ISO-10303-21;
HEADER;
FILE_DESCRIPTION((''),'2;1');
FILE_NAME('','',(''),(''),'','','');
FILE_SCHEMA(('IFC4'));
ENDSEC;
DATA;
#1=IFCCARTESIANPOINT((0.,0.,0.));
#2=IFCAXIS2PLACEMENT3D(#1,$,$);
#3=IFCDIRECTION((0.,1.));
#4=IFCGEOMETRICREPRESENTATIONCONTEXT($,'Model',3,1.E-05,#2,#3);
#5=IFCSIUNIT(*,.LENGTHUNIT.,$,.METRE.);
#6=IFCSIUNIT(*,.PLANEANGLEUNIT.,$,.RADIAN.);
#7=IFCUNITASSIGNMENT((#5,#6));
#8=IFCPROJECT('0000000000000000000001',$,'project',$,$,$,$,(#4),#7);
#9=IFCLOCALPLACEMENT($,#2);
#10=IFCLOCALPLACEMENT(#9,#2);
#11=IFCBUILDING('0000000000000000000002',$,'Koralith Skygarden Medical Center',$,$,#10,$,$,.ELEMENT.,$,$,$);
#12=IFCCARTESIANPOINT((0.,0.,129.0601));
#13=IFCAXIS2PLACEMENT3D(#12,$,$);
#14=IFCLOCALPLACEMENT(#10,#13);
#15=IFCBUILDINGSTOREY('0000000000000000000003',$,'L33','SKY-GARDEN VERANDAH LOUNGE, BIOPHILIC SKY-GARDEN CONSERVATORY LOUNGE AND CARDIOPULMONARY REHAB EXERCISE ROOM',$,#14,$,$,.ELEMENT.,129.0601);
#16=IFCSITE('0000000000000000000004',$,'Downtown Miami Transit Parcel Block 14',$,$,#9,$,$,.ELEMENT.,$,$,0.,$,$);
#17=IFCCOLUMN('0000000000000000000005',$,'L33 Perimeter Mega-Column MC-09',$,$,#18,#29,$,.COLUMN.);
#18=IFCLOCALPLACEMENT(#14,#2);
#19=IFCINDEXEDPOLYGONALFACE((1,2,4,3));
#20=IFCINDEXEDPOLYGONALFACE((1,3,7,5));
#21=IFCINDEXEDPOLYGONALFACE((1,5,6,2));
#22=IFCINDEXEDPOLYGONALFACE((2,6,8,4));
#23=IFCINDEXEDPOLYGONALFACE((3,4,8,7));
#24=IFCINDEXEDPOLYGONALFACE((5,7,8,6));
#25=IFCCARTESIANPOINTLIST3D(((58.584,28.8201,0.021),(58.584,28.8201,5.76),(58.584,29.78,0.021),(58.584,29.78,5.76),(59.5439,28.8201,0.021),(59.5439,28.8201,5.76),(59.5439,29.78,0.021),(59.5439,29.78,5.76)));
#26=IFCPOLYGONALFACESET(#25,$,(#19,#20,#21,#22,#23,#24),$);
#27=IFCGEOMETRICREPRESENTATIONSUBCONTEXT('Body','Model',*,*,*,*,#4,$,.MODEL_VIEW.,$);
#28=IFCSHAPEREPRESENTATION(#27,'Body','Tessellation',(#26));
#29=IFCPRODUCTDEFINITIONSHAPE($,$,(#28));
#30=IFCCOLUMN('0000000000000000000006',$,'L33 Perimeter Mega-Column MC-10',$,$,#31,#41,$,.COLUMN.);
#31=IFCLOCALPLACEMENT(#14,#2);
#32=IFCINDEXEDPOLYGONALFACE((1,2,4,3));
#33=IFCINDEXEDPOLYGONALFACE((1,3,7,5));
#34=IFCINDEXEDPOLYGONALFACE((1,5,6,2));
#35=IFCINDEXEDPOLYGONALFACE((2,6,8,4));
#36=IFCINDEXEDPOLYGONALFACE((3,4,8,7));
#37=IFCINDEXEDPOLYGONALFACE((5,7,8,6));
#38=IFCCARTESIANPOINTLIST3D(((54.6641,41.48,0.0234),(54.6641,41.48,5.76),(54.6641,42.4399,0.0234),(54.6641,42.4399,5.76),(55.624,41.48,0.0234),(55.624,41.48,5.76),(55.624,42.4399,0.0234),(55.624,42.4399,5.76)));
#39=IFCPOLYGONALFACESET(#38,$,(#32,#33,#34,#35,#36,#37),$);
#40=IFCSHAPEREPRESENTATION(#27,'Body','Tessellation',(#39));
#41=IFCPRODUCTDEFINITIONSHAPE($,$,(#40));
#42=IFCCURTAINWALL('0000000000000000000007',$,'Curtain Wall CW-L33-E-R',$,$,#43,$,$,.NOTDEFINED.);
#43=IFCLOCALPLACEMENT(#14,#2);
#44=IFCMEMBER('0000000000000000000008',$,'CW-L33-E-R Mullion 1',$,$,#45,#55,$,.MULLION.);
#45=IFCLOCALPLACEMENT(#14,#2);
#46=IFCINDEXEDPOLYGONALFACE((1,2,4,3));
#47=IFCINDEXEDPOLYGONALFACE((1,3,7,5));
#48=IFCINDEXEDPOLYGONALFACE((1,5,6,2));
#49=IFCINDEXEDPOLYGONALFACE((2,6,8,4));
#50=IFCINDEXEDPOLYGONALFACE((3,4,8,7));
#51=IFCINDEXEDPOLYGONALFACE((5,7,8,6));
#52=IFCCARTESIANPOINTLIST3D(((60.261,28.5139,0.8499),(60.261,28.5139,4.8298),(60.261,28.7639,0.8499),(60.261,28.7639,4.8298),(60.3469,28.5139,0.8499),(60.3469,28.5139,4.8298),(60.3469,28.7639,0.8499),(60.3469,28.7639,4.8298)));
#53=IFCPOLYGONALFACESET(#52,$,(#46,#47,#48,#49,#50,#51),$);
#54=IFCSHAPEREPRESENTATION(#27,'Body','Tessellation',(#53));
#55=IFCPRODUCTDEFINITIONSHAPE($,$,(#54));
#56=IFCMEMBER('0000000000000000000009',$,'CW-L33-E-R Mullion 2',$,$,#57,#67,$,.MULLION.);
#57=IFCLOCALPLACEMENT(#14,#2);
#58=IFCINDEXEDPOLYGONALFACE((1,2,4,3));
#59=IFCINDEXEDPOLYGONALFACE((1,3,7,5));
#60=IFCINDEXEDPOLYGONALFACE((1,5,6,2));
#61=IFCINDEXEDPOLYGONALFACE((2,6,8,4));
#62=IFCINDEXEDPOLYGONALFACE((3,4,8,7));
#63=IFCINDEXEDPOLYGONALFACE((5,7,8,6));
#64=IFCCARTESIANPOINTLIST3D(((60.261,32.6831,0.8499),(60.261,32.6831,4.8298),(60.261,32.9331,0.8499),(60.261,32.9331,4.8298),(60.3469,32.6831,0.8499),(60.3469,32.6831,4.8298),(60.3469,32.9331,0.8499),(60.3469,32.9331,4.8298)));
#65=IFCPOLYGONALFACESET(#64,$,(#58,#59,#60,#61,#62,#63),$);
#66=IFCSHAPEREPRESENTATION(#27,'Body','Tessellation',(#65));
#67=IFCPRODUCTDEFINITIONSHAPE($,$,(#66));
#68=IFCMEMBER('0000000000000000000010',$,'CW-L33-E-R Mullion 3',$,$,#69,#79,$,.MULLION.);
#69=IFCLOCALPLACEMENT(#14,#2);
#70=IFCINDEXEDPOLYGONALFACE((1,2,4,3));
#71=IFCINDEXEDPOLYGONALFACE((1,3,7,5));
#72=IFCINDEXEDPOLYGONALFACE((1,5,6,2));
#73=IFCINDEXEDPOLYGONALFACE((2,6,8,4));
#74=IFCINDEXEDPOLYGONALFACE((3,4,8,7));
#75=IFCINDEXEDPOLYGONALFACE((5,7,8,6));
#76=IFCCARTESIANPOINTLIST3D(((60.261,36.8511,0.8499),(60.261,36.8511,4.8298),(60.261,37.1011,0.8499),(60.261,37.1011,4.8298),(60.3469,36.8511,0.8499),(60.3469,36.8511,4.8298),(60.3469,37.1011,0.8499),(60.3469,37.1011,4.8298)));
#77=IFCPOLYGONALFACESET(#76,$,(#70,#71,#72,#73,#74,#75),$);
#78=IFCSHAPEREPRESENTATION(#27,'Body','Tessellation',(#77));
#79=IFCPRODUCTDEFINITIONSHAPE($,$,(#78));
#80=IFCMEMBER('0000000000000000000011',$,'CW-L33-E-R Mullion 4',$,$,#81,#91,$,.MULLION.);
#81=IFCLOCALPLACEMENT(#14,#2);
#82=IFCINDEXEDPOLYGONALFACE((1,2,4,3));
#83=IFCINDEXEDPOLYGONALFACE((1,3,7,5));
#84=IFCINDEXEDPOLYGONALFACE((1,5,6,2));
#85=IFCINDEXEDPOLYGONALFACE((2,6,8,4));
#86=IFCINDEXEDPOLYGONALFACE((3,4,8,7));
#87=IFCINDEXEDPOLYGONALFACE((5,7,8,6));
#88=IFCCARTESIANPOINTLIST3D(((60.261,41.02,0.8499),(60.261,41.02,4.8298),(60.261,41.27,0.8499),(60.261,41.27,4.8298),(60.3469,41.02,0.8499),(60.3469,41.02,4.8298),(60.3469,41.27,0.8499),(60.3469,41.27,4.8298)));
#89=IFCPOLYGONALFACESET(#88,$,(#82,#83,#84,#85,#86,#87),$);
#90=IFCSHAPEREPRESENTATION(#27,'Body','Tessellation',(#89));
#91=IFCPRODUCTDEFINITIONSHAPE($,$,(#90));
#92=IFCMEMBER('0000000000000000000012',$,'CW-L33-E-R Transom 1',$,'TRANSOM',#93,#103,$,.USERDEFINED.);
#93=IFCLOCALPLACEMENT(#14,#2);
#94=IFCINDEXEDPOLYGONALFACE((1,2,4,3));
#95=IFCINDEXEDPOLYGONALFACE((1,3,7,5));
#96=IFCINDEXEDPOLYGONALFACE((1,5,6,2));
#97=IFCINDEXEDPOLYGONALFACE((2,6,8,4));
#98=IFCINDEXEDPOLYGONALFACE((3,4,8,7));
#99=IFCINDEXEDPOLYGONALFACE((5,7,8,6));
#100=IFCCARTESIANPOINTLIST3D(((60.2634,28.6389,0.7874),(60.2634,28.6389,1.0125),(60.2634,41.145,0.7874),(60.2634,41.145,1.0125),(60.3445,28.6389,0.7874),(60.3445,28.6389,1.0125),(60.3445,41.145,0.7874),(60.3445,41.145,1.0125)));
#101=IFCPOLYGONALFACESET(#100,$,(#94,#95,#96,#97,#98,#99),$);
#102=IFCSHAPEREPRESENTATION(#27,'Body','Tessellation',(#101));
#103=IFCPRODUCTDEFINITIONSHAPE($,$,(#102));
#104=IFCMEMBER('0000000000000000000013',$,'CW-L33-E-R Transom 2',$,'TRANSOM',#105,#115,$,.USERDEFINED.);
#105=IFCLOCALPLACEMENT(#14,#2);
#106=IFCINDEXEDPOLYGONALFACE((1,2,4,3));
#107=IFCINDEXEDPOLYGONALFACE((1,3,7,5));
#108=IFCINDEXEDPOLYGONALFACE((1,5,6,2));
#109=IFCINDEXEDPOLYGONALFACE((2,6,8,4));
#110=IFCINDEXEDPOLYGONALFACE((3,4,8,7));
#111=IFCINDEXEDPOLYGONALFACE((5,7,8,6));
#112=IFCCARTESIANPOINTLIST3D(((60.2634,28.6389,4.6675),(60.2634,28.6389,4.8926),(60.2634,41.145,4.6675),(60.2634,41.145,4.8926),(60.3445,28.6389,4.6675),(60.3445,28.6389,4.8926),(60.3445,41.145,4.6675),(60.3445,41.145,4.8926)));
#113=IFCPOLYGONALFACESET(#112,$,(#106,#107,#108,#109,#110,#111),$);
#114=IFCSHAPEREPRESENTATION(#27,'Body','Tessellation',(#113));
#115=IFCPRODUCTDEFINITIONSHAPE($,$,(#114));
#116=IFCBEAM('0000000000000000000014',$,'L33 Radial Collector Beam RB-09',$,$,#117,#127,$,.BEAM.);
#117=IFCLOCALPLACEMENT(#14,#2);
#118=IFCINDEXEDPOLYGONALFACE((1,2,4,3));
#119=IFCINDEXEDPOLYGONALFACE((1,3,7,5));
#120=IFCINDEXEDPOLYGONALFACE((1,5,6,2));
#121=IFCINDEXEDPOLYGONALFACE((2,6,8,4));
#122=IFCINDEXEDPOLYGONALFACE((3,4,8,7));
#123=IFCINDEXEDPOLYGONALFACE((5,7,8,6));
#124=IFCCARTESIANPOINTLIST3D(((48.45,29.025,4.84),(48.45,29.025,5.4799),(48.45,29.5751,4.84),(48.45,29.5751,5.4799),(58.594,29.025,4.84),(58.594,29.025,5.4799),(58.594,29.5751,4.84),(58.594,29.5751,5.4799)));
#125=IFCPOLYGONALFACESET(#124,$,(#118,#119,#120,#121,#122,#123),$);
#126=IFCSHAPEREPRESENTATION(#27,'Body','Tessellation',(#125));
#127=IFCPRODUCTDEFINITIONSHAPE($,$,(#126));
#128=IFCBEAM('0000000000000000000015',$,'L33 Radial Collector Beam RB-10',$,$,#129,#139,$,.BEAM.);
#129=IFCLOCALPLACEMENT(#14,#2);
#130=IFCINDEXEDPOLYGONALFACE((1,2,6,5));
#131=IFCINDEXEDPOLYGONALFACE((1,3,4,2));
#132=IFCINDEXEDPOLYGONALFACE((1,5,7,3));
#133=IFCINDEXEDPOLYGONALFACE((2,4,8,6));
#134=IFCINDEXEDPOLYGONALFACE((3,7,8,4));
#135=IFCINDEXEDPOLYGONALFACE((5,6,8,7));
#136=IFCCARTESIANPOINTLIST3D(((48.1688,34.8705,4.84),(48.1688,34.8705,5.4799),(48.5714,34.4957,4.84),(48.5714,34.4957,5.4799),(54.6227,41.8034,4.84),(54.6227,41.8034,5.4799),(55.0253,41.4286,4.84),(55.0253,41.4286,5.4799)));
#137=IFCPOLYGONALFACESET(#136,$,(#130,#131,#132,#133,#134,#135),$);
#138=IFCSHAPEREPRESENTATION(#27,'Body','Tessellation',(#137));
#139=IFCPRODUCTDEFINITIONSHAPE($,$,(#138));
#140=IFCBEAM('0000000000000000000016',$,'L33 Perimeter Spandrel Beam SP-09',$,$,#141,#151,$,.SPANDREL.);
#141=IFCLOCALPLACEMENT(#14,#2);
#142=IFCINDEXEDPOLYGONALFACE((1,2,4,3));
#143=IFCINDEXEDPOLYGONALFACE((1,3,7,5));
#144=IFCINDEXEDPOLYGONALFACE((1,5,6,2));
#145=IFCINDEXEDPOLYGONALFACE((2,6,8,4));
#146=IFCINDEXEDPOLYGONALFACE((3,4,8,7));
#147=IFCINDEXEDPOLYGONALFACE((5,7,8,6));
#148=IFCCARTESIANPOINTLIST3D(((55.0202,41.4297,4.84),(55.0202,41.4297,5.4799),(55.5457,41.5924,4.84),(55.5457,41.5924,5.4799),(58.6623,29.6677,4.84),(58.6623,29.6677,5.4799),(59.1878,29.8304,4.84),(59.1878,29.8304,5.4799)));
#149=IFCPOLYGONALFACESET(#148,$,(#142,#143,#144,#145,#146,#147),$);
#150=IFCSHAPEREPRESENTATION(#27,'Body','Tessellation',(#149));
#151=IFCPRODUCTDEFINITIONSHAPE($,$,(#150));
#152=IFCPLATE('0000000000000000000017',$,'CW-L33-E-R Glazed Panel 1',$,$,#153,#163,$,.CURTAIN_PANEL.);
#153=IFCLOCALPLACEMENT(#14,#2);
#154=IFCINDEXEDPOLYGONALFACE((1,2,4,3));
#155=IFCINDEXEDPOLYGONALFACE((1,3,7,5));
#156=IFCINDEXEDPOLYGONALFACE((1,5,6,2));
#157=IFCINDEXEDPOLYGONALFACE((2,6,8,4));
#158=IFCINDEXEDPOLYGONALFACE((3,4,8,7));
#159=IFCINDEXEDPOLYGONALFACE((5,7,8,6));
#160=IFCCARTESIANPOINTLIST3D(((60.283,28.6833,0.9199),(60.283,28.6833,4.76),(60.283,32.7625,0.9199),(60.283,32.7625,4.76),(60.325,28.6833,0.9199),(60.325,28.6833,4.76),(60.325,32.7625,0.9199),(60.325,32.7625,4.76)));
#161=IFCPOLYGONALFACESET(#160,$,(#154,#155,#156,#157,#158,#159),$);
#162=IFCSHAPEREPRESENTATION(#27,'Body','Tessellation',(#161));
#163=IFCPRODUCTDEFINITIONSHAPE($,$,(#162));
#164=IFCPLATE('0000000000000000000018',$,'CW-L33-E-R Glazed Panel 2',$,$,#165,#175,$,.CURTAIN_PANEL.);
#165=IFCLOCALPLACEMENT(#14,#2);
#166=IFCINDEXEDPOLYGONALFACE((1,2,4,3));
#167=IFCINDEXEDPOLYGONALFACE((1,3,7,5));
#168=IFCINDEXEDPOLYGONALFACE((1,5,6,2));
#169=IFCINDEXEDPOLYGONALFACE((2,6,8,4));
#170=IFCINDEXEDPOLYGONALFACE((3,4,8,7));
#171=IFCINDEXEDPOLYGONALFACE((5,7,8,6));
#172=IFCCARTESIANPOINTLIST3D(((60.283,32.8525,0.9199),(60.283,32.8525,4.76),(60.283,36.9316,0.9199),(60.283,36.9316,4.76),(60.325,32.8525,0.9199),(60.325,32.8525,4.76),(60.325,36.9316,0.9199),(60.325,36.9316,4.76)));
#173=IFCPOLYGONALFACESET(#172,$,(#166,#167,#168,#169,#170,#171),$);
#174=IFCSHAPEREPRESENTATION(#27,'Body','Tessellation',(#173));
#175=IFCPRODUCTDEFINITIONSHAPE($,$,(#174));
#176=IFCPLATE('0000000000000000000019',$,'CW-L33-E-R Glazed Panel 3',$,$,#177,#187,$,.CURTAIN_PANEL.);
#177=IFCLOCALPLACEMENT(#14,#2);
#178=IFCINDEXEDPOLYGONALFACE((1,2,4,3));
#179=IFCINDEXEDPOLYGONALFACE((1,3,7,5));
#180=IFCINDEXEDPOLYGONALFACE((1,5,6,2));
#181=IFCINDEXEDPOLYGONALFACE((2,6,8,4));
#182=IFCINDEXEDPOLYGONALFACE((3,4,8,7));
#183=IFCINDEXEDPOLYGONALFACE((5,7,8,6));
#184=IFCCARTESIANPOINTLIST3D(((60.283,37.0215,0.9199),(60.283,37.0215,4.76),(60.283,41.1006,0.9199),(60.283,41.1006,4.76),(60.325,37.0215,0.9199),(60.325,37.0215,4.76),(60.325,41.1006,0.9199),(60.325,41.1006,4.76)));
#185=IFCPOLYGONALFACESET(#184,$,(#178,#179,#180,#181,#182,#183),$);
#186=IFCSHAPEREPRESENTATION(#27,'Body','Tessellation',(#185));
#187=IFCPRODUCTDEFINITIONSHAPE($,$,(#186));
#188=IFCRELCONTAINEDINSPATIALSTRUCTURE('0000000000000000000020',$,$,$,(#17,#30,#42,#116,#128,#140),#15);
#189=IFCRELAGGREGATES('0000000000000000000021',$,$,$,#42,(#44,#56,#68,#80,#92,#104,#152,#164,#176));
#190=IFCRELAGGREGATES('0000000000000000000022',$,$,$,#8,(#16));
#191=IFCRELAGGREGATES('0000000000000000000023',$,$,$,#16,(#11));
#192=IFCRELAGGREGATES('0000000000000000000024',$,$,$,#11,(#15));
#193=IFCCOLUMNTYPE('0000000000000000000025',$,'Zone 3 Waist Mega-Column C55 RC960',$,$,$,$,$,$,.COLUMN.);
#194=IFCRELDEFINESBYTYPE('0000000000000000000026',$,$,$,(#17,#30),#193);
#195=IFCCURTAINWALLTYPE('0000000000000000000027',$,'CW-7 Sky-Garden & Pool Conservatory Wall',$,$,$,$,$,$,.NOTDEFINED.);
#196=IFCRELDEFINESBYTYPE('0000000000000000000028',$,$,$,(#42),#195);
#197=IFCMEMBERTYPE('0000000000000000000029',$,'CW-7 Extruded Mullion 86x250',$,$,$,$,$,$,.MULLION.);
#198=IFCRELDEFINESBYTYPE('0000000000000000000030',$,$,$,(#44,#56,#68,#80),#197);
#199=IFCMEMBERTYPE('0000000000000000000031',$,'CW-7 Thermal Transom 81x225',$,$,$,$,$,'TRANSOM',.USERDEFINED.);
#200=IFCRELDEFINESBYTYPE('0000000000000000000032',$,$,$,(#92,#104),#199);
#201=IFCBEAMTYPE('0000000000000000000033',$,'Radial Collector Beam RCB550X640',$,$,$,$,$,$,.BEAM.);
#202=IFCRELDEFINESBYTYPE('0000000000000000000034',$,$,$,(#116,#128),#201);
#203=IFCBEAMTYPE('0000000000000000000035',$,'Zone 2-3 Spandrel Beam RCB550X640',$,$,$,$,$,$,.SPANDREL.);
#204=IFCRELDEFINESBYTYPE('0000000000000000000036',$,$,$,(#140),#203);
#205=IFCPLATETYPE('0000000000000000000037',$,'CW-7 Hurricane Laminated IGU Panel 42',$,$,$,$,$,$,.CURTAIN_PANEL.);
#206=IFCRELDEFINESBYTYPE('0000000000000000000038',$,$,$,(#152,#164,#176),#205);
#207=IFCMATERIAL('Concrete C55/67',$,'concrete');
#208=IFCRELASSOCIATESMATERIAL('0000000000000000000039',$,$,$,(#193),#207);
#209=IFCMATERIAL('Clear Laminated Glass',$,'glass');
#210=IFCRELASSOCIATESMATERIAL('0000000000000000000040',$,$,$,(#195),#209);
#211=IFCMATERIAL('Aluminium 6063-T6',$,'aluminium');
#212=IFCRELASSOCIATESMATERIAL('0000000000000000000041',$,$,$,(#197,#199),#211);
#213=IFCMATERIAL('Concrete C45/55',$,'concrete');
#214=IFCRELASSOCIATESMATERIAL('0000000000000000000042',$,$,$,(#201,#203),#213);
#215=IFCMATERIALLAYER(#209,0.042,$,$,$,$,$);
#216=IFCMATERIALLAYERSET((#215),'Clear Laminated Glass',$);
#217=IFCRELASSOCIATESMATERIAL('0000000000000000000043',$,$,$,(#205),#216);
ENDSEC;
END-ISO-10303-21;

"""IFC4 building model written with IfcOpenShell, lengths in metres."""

from ifc_helpers import new_model, si_unit, direction, frame, origin, origin_2d, place, context, subcontext, project, spatial, rectangle, extrude, material, layer, layer_set, material_profile, profile_set, type_object, element, aggregate, save


model = new_model("IFC4")

# Units and contexts
model_context = context("Model", 3, precision=1e-05, world=origin(), true_north=direction((0.0, 1.0)))
body_context = subcontext(model_context, "Body", "Model", "MODEL_VIEW")
ifc_project = project(units=[si_unit("LENGTHUNIT", "METRE"), si_unit("PLANEANGLEUNIT", "RADIAN")], contexts=[model_context])

# Site, building, storey
site_placement = place(None, origin())
site = spatial("IfcSite", under=ifc_project, at=site_placement, Name="Downtown Miami Transit Parcel Block 14", CompositionType="ELEMENT", RefElevation=0.0)
building_placement = place(site_placement, origin())
building = spatial("IfcBuilding", under=site, at=building_placement, Name="Koralith Skygarden Medical Center", CompositionType="ELEMENT")
storey_placement = place(building_placement, frame((0.0, 0.0, 129.0601)))
storey = spatial("IfcBuildingStorey", under=building, at=storey_placement, Name="L33", Description="SKY-GARDEN VERANDAH LOUNGE, BIOPHILIC SKY-GARDEN CONSERVATORY LOUNGE AND CARDIOPULMONARY REHAB EXERCISE ROOM", CompositionType="ELEMENT", Elevation=129.0601)

# Columns
ifc_material_1 = material(Name="Concrete C55/67", Category="concrete")
ifc_material_profile_1 = material_profile(ifc_material_1, rectangle(XDim=0.96, YDim=0.96, at=origin_2d()), Name="RC960X960")
ifc_profile_set_1 = profile_set([ifc_material_profile_1], Name="Concrete C55/67")
column_type = type_object("IfcColumnType", Name="Zone 3 Waist Mega-Column C55 RC960", PredefinedType="COLUMN", material=ifc_profile_set_1)
column_1_placement = place(storey_placement, frame((59.064, 29.3, 0.021), z_axis=(0.0, 0.0, 1.0), x_axis=(1.0, 0.0, 0.0)))
element("IfcColumn", 1, at=column_1_placement, inside=storey, type_object=column_type, Name="L33 Perimeter Mega-Column MC-09", PredefinedType="COLUMN", context=body_context, shape_type="SweptSolid", body=[
    extrude(rectangle(XDim=0.96, YDim=0.96, at=origin_2d()), origin(), (0.0, 0.0, 1.0), 5.739),
])
column_2_placement = place(storey_placement, frame((55.144, 41.96, 0.0234), z_axis=(0.0, 0.0, 1.0), x_axis=(1.0, 0.0, 0.0)))
element("IfcColumn", 2, at=column_2_placement, inside=storey, type_object=column_type, Name="L33 Perimeter Mega-Column MC-10", PredefinedType="COLUMN", context=body_context, shape_type="SweptSolid", body=[
    extrude(rectangle(XDim=0.96, YDim=0.96, at=origin_2d()), origin(), (0.0, 0.0, 1.0), 5.7366),
])

# Curtain wall, members
ifc_material_2 = material(Name="Clear Laminated Glass", Category="glass")
curtain_wall_type = type_object("IfcCurtainWallType", Name="CW-7 Sky-Garden & Pool Conservatory Wall", PredefinedType="NOTDEFINED", material=ifc_material_2)
curtain_wall_placement = place(storey_placement, origin())
curtain_wall = element("IfcCurtainWall", 3, at=curtain_wall_placement, inside=storey, type_object=curtain_wall_type, Name="Curtain Wall CW-L33-E-R", PredefinedType="NOTDEFINED")
ifc_material_3 = material(Name="Aluminium 6063-T6", Category="aluminium")
ifc_material_profile_2 = material_profile(ifc_material_3, rectangle(XDim=0.0859, YDim=0.25, at=origin_2d()), Name="MUL86X250")
ifc_profile_set_2 = profile_set([ifc_material_profile_2], Name="Aluminium 6063-T6")
member_type_1 = type_object("IfcMemberType", Name="CW-7 Extruded Mullion 86x250", PredefinedType="MULLION", material=ifc_profile_set_2)
member_1_placement = place(storey_placement, frame((60.304, 28.6389, 0.8499), z_axis=(0.0, 0.0, 1.0), x_axis=(1.0, 0.0, 0.0)))
member_1 = element("IfcMember", 4, at=member_1_placement, type_object=member_type_1, Name="CW-L33-E-R Mullion 1", PredefinedType="MULLION", context=body_context, shape_type="SweptSolid", body=[
    extrude(rectangle(XDim=0.0859, YDim=0.25, at=origin_2d()), origin(), (0.0, 0.0, 1.0), 3.98),
])
member_2_placement = place(storey_placement, frame((60.304, 32.8081, 0.8499), z_axis=(0.0, 0.0, 1.0), x_axis=(1.0, 0.0, 0.0)))
member_2 = element("IfcMember", 5, at=member_2_placement, type_object=member_type_1, Name="CW-L33-E-R Mullion 2", PredefinedType="MULLION", context=body_context, shape_type="SweptSolid", body=[
    extrude(rectangle(XDim=0.0859, YDim=0.25, at=origin_2d()), origin(), (0.0, 0.0, 1.0), 3.98),
])
member_3_placement = place(storey_placement, frame((60.304, 36.9761, 0.8499), z_axis=(0.0, 0.0, 1.0), x_axis=(1.0, 0.0, 0.0)))
member_3 = element("IfcMember", 6, at=member_3_placement, type_object=member_type_1, Name="CW-L33-E-R Mullion 3", PredefinedType="MULLION", context=body_context, shape_type="SweptSolid", body=[
    extrude(rectangle(XDim=0.0859, YDim=0.25, at=origin_2d()), origin(), (0.0, 0.0, 1.0), 3.98),
])
member_4_placement = place(storey_placement, frame((60.304, 41.145, 0.8499), z_axis=(0.0, 0.0, 1.0), x_axis=(1.0, 0.0, 0.0)))
member_4 = element("IfcMember", 7, at=member_4_placement, type_object=member_type_1, Name="CW-L33-E-R Mullion 4", PredefinedType="MULLION", context=body_context, shape_type="SweptSolid", body=[
    extrude(rectangle(XDim=0.0859, YDim=0.25, at=origin_2d()), origin(), (0.0, 0.0, 1.0), 3.98),
])
ifc_material_profile_3 = material_profile(ifc_material_3, rectangle(XDim=0.0811, YDim=0.2251, at=origin_2d()), Name="TRN81X225")
ifc_profile_set_3 = profile_set([ifc_material_profile_3], Name="Aluminium 6063-T6")
member_type_2 = type_object("IfcMemberType", Name="CW-7 Thermal Transom 81x225", ElementType="TRANSOM", PredefinedType="USERDEFINED", material=ifc_profile_set_3)
member_5_placement = place(storey_placement, frame((60.304, 28.6389, 0.8999), z_axis=(0.0, 1.0, 0.0), x_axis=(-1.0, 0.0, 0.0)))
member_5 = element("IfcMember", 8, at=member_5_placement, type_object=member_type_2, Name="CW-L33-E-R Transom 1", ObjectType="TRANSOM", PredefinedType="USERDEFINED", context=body_context, shape_type="SweptSolid", body=[
    extrude(rectangle(XDim=0.0811, YDim=0.2251, at=origin_2d()), origin(), (0.0, 0.0, 1.0), 12.5061),
])
member_6_placement = place(storey_placement, frame((60.304, 28.6389, 4.78), z_axis=(0.0, 1.0, 0.0), x_axis=(-1.0, 0.0, 0.0)))
member_6 = element("IfcMember", 9, at=member_6_placement, type_object=member_type_2, Name="CW-L33-E-R Transom 2", ObjectType="TRANSOM", PredefinedType="USERDEFINED", context=body_context, shape_type="SweptSolid", body=[
    extrude(rectangle(XDim=0.0811, YDim=0.2251, at=origin_2d()), origin(), (0.0, 0.0, 1.0), 12.5061),
])

# Beams
ifc_material_4 = material(Name="Concrete C45/55", Category="concrete")
ifc_material_profile_4 = material_profile(ifc_material_4, rectangle(XDim=0.55, YDim=0.6399, at=origin_2d()), Name="RCB550X640")
ifc_profile_set_4 = profile_set([ifc_material_profile_4], Name="Concrete C45/55")
beam_type_1 = type_object("IfcBeamType", Name="Radial Collector Beam RCB550X640", PredefinedType="BEAM", material=ifc_profile_set_4)
beam_1_placement = place(storey_placement, frame((48.45, 29.3, 5.1599), z_axis=(1.0, 0.0, 0.0), x_axis=(0.0, 1.0, 0.0)))
element("IfcBeam", 10, at=beam_1_placement, inside=storey, type_object=beam_type_1, Name="L33 Radial Collector Beam RB-09", PredefinedType="BEAM", context=body_context, shape_type="SweptSolid", body=[
    extrude(rectangle(XDim=0.55, YDim=0.6399, at=origin_2d()), origin(), (0.0, 0.0, 1.0), 10.144),
])
beam_2_placement = place(storey_placement, frame((48.3701, 34.6831, 5.1599), z_axis=(0.681369, 0.73194, 0.0), x_axis=(-0.73194, 0.681369, 0.0)))
element("IfcBeam", 11, at=beam_2_placement, inside=storey, type_object=beam_type_1, Name="L33 Radial Collector Beam RB-10", PredefinedType="BEAM", context=body_context, shape_type="SweptSolid", body=[
    extrude(rectangle(XDim=0.55, YDim=0.6399, at=origin_2d()), origin(), (0.0, 0.0, 1.0), 9.4719),
])
ifc_material_profile_5 = material_profile(ifc_material_4, rectangle(XDim=0.55, YDim=0.6399, at=origin_2d()), Name="RCB550X640")
ifc_profile_set_5 = profile_set([ifc_material_profile_5], Name="Concrete C45/55")
beam_type_2 = type_object("IfcBeamType", Name="Zone 2-3 Spandrel Beam RCB550X640", PredefinedType="SPANDREL", material=ifc_profile_set_5)
beam_3_placement = place(storey_placement, frame((58.925, 29.749, 5.1599), z_axis=(-0.295794, 0.955252, 0.0), x_axis=(-0.955252, -0.295794, 0.0)))
element("IfcBeam", 12, at=beam_3_placement, inside=storey, type_object=beam_type_2, Name="L33 Perimeter Spandrel Beam SP-09", PredefinedType="SPANDREL", context=body_context, shape_type="SweptSolid", body=[
    extrude(rectangle(XDim=0.55, YDim=0.6399, at=origin_2d()), origin(), (0.0, 0.0, 1.0), 12.313),
])

# Plates
ifc_layer_1 = layer(ifc_material_2, 0.042)
ifc_layer_set_1 = layer_set([ifc_layer_1], Name="Clear Laminated Glass")
plate_type_1 = type_object("IfcPlateType", Name="CW-7 Hurricane Laminated IGU Panel 42", PredefinedType="CURTAIN_PANEL", material=ifc_layer_set_1)
plate_1_placement = place(storey_placement, frame((60.304, 30.7229, 0.9199), z_axis=(0.0, 0.0, 1.0), x_axis=(0.0, 1.0, 0.0)))
plate_1 = element("IfcPlate", 13, at=plate_1_placement, type_object=plate_type_1, Name="CW-L33-E-R Glazed Panel 1", PredefinedType="CURTAIN_PANEL", context=body_context, shape_type="SweptSolid", body=[
    extrude(rectangle(XDim=4.0791, YDim=0.042, at=origin_2d()), origin(), (0.0, 0.0, 1.0), 3.8401),
])
plate_2_placement = place(storey_placement, frame((60.304, 34.8921, 0.9199), z_axis=(0.0, 0.0, 1.0), x_axis=(0.0, 1.0, 0.0)))
plate_2 = element("IfcPlate", 14, at=plate_2_placement, type_object=plate_type_1, Name="CW-L33-E-R Glazed Panel 2", PredefinedType="CURTAIN_PANEL", context=body_context, shape_type="SweptSolid", body=[
    extrude(rectangle(XDim=4.0791, YDim=0.042, at=origin_2d()), origin(), (0.0, 0.0, 1.0), 3.8401),
])
plate_3_placement = place(storey_placement, frame((60.304, 39.061, 0.9199), z_axis=(0.0, 0.0, 1.0), x_axis=(0.0, 1.0, 0.0)))
plate_3 = element("IfcPlate", 15, at=plate_3_placement, type_object=plate_type_1, Name="CW-L33-E-R Glazed Panel 3", PredefinedType="CURTAIN_PANEL", context=body_context, shape_type="SweptSolid", body=[
    extrude(rectangle(XDim=4.0791, YDim=0.042, at=origin_2d()), origin(), (0.0, 0.0, 1.0), 3.8401),
])
aggregate(curtain_wall, [member_1, member_2, member_3, member_4, member_5, member_6, plate_1, plate_2, plate_3])

save(model, "model.ifc")
